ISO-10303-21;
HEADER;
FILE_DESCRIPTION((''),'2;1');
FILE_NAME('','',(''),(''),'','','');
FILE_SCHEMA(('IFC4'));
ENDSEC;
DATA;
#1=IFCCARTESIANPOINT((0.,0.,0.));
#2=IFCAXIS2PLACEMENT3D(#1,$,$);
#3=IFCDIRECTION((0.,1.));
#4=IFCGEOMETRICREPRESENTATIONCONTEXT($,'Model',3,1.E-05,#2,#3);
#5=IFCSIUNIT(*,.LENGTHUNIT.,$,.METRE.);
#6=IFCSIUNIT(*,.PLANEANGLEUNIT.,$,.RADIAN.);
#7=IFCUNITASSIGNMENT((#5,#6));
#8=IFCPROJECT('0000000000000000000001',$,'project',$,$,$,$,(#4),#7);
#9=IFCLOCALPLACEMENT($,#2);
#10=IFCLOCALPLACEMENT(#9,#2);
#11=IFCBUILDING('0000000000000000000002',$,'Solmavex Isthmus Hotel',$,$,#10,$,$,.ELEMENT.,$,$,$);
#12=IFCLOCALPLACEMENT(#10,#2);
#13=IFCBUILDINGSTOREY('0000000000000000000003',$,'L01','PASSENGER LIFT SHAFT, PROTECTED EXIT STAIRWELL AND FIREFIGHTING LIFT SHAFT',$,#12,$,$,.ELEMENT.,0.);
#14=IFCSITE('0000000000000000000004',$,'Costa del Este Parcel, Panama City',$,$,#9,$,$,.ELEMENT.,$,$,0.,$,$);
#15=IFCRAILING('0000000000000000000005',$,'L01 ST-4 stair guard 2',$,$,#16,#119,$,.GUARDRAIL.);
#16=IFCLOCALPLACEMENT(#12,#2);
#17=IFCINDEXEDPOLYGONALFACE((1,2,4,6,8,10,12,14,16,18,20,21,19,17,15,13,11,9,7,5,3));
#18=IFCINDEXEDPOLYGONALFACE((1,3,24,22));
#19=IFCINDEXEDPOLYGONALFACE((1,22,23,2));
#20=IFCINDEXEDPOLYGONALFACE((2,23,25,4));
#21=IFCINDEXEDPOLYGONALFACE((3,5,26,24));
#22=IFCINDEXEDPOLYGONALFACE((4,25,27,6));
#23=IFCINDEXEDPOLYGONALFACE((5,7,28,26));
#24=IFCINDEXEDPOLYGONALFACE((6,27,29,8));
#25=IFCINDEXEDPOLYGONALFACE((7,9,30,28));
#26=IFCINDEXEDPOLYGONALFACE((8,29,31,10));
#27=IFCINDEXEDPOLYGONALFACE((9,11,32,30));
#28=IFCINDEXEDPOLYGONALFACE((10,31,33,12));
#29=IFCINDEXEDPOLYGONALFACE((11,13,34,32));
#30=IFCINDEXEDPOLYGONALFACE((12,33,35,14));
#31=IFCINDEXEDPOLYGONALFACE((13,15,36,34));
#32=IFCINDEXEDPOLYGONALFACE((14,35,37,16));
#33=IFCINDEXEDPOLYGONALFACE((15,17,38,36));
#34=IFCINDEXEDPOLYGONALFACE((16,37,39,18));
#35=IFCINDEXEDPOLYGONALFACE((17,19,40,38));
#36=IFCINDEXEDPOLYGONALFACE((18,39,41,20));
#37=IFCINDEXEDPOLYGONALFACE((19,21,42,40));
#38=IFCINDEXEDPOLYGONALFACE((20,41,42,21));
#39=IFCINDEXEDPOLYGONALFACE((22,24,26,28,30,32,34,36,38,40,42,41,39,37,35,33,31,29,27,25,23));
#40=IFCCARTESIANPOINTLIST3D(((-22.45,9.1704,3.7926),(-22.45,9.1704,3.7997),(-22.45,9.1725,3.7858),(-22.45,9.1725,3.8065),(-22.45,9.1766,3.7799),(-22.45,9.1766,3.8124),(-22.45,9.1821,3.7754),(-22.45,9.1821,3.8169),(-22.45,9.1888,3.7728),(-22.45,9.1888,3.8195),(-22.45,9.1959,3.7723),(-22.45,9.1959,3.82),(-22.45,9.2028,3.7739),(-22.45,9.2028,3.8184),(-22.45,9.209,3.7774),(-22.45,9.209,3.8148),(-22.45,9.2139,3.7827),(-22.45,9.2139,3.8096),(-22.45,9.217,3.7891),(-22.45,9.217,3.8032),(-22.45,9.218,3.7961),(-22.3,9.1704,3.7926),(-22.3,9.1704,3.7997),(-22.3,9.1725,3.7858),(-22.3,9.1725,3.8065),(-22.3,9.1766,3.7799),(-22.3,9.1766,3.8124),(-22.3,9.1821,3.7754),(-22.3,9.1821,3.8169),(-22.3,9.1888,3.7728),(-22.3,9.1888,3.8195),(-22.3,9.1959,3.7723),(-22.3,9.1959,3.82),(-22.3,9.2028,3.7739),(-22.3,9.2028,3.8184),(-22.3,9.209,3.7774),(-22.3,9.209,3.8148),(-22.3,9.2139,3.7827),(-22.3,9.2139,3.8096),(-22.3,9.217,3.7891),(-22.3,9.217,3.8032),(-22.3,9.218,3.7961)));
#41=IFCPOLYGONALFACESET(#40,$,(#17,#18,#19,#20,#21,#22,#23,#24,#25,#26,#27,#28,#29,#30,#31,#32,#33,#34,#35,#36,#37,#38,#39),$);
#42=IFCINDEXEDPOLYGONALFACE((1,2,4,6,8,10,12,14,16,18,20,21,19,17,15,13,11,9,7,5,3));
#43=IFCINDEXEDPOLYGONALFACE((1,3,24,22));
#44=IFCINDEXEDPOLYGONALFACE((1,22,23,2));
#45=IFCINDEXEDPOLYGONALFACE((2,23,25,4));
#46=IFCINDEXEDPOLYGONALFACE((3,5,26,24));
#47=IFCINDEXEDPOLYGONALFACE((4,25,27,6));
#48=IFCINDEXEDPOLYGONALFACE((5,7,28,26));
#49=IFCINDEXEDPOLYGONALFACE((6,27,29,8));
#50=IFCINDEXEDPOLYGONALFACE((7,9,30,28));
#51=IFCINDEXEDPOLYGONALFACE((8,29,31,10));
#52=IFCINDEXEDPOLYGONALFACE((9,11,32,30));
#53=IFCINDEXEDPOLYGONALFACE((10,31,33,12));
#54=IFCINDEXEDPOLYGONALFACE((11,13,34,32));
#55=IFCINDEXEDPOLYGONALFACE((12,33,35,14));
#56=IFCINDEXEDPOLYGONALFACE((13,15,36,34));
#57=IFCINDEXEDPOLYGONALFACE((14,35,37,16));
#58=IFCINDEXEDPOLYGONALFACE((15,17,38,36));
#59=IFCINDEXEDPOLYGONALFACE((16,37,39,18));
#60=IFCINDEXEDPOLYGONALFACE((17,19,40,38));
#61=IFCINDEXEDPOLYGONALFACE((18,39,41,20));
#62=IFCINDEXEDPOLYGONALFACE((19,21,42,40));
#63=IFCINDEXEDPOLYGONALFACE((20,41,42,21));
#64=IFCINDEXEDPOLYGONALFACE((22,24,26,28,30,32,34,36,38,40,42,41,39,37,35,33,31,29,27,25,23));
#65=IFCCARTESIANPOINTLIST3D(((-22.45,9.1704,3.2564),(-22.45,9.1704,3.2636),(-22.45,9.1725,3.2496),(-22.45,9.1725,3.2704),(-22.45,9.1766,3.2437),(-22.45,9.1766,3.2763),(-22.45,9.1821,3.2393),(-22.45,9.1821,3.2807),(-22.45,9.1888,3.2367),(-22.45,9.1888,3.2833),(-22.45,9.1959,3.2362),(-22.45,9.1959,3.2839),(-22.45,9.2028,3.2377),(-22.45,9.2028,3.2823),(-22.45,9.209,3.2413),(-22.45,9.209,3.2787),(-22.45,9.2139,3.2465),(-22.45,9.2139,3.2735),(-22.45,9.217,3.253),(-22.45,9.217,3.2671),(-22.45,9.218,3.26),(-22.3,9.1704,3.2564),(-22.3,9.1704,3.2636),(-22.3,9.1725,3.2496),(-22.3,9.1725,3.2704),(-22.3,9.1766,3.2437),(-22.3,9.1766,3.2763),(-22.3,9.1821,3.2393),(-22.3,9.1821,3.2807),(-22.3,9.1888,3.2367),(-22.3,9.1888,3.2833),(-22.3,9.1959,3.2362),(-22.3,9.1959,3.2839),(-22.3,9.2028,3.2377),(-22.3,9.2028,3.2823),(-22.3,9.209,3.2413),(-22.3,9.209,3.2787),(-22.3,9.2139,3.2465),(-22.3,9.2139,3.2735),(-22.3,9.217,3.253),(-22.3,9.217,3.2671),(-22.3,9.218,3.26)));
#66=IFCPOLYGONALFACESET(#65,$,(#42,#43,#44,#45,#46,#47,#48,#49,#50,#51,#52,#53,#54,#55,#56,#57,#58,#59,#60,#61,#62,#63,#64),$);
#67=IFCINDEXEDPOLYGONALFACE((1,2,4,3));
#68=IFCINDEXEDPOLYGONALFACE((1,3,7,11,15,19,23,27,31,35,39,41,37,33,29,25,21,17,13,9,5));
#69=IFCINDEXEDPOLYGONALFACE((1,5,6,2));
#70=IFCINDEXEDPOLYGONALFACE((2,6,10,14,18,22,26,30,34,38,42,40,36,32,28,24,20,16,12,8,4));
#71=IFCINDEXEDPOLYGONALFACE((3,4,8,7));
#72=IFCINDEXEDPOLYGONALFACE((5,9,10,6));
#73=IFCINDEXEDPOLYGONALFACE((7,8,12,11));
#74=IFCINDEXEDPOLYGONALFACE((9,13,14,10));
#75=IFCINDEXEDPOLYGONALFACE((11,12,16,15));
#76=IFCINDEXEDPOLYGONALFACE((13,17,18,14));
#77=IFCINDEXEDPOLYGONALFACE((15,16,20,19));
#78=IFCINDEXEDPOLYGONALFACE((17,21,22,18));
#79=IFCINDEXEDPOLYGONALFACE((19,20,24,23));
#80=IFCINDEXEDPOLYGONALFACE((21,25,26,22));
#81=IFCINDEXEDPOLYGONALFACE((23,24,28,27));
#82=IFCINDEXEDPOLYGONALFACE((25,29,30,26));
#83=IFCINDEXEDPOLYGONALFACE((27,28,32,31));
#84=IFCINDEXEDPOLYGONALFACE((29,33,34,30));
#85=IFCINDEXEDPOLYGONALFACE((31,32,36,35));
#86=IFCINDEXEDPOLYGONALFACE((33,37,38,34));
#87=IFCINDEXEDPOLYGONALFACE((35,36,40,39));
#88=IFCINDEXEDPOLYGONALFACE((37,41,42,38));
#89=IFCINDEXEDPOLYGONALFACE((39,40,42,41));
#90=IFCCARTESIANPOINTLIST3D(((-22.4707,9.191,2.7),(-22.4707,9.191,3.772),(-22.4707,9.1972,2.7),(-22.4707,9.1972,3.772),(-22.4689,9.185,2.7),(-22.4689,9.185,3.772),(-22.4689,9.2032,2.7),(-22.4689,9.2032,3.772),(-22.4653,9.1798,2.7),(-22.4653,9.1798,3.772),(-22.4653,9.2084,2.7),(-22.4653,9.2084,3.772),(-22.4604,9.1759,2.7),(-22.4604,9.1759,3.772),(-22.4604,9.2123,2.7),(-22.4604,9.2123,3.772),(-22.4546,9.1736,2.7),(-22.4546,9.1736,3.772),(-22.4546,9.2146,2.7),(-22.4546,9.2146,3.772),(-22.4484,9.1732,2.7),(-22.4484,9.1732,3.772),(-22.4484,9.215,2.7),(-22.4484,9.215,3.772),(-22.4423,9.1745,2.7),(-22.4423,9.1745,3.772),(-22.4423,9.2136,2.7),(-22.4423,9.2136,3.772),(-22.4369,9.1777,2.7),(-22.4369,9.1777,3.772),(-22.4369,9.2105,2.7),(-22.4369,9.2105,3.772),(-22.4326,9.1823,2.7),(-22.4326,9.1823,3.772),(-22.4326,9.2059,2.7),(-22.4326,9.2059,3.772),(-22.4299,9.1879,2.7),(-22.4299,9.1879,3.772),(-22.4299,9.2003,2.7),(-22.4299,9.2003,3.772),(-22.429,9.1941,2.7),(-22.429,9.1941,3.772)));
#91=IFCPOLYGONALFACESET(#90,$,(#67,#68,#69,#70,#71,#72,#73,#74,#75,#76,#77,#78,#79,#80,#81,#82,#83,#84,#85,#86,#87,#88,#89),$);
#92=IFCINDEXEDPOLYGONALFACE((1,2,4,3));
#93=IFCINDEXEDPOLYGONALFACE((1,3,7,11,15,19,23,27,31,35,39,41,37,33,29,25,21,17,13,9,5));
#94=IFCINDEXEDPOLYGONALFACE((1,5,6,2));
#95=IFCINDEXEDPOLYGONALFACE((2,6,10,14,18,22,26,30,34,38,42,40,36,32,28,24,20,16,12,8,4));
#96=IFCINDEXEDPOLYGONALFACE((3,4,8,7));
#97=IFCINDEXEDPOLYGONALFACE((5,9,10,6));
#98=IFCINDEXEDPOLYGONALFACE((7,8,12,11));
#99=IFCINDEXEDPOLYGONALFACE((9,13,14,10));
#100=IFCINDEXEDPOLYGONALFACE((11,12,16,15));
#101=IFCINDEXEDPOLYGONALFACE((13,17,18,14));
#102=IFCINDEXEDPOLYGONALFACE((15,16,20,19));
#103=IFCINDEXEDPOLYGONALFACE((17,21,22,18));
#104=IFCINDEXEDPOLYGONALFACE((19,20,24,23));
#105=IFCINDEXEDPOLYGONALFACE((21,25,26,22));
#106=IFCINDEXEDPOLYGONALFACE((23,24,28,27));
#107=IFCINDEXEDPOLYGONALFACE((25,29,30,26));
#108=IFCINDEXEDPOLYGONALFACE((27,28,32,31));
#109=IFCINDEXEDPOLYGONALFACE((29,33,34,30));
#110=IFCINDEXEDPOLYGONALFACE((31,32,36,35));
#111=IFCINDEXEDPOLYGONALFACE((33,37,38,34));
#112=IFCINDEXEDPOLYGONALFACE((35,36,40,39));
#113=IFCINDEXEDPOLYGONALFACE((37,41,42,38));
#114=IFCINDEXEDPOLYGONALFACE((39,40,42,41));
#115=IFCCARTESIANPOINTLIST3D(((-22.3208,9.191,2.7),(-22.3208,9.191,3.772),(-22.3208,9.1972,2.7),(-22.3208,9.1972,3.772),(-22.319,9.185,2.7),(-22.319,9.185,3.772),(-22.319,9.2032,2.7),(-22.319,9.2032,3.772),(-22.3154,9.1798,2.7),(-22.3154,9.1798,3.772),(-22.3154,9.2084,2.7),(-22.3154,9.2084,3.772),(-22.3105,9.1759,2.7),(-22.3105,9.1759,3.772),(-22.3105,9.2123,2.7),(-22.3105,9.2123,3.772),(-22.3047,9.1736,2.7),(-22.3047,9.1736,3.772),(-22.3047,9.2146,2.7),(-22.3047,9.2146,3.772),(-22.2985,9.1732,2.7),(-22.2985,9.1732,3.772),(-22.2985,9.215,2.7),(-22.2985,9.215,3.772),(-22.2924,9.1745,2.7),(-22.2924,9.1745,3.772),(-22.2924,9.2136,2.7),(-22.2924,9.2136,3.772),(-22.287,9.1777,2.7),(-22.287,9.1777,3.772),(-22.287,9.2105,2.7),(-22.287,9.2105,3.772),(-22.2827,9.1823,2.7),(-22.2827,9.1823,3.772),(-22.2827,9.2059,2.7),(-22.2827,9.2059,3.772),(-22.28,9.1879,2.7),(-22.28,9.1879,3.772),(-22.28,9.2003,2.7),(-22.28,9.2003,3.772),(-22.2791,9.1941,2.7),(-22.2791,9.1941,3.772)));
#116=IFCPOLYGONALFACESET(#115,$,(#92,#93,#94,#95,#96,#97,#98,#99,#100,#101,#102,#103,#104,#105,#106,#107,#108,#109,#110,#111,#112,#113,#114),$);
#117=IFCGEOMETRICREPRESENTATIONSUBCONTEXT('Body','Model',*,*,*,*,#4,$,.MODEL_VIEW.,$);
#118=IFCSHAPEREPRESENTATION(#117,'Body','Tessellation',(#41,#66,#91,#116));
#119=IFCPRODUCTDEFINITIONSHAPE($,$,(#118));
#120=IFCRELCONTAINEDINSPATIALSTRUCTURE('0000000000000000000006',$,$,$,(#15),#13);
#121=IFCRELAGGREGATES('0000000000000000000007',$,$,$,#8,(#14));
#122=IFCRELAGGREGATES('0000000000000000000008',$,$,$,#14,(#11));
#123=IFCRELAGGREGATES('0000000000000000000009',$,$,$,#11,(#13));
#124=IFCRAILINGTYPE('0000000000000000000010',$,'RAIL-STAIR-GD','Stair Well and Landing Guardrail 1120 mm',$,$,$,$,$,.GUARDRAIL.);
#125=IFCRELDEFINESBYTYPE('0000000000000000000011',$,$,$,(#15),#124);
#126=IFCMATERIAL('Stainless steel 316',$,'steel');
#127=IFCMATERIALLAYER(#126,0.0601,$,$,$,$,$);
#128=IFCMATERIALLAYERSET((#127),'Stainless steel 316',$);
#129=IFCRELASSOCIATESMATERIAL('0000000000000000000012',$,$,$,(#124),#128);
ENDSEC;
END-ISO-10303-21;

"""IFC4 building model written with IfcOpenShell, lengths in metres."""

from ifc_helpers import new_model, si_unit, direction, frame, origin, origin_2d, place, context, subcontext, project, spatial, circle, extrude, material, layer, layer_set, type_object, element, save


model = new_model("IFC4")

# Units and contexts
model_context = context("Model", 3, precision=1e-05, world=origin(), true_north=direction((0.0, 1.0)))
body_context = subcontext(model_context, "Body", "Model", "MODEL_VIEW")
ifc_project = project(units=[si_unit("LENGTHUNIT", "METRE"), si_unit("PLANEANGLEUNIT", "RADIAN")], contexts=[model_context])

# Site, building, storey
site_placement = place(None, origin())
site = spatial("IfcSite", under=ifc_project, at=site_placement, Name="Costa del Este Parcel, Panama City", CompositionType="ELEMENT", RefElevation=0.0)
building_placement = place(site_placement, origin())
building = spatial("IfcBuilding", under=site, at=building_placement, Name="Solmavex Isthmus Hotel", CompositionType="ELEMENT")
storey_placement = place(building_placement, origin())
storey = spatial("IfcBuildingStorey", under=building, at=storey_placement, Name="L01", Description="PASSENGER LIFT SHAFT, PROTECTED EXIT STAIRWELL AND FIREFIGHTING LIFT SHAFT", CompositionType="ELEMENT", Elevation=0.0)

# Railing
ifc_material_1 = material(Name="Stainless steel 316", Category="steel")
ifc_layer_1 = layer(ifc_material_1, 0.0601)
ifc_layer_set_1 = layer_set([ifc_layer_1], Name="Stainless steel 316")
railing_type_1 = type_object("IfcRailingType", Name="RAIL-STAIR-GD", Description="Stair Well and Landing Guardrail 1120 mm", PredefinedType="GUARDRAIL", material=ifc_layer_set_1)
railing_1_placement = place(storey_placement, frame((-22.45, 9.1941, 2.7)))
element("IfcRailing", 1, at=railing_1_placement, inside=storey, type_object=railing_type_1, Name="L01 ST-4 stair guard 2", PredefinedType="GUARDRAIL", context=body_context, shape_type="SweptSolid", body=[
    extrude(circle(Radius=0.0239, at=origin_2d()), frame((0.0, 0.0, 1.0962), z_axis=(1.0, 0.0, 0.0), x_axis=(0.0, 1.0, 0.0)), (0.0, 0.0, 1.0), 0.1499),
    extrude(circle(Radius=0.0239, at=origin_2d()), frame((0.0, 0.0, 0.5601), z_axis=(1.0, 0.0, 0.0), x_axis=(0.0, 1.0, 0.0)), (0.0, 0.0, 1.0), 0.1499),
    extrude(circle(Radius=0.021, at=origin_2d()), origin(), (0.0, 0.0, 1.0), 1.072),
    extrude(circle(Radius=0.021, at=origin_2d()), frame((0.1499, 0.0, 0.0)), (0.0, 0.0, 1.0), 1.072),
])

save(model, "model.ifc")
